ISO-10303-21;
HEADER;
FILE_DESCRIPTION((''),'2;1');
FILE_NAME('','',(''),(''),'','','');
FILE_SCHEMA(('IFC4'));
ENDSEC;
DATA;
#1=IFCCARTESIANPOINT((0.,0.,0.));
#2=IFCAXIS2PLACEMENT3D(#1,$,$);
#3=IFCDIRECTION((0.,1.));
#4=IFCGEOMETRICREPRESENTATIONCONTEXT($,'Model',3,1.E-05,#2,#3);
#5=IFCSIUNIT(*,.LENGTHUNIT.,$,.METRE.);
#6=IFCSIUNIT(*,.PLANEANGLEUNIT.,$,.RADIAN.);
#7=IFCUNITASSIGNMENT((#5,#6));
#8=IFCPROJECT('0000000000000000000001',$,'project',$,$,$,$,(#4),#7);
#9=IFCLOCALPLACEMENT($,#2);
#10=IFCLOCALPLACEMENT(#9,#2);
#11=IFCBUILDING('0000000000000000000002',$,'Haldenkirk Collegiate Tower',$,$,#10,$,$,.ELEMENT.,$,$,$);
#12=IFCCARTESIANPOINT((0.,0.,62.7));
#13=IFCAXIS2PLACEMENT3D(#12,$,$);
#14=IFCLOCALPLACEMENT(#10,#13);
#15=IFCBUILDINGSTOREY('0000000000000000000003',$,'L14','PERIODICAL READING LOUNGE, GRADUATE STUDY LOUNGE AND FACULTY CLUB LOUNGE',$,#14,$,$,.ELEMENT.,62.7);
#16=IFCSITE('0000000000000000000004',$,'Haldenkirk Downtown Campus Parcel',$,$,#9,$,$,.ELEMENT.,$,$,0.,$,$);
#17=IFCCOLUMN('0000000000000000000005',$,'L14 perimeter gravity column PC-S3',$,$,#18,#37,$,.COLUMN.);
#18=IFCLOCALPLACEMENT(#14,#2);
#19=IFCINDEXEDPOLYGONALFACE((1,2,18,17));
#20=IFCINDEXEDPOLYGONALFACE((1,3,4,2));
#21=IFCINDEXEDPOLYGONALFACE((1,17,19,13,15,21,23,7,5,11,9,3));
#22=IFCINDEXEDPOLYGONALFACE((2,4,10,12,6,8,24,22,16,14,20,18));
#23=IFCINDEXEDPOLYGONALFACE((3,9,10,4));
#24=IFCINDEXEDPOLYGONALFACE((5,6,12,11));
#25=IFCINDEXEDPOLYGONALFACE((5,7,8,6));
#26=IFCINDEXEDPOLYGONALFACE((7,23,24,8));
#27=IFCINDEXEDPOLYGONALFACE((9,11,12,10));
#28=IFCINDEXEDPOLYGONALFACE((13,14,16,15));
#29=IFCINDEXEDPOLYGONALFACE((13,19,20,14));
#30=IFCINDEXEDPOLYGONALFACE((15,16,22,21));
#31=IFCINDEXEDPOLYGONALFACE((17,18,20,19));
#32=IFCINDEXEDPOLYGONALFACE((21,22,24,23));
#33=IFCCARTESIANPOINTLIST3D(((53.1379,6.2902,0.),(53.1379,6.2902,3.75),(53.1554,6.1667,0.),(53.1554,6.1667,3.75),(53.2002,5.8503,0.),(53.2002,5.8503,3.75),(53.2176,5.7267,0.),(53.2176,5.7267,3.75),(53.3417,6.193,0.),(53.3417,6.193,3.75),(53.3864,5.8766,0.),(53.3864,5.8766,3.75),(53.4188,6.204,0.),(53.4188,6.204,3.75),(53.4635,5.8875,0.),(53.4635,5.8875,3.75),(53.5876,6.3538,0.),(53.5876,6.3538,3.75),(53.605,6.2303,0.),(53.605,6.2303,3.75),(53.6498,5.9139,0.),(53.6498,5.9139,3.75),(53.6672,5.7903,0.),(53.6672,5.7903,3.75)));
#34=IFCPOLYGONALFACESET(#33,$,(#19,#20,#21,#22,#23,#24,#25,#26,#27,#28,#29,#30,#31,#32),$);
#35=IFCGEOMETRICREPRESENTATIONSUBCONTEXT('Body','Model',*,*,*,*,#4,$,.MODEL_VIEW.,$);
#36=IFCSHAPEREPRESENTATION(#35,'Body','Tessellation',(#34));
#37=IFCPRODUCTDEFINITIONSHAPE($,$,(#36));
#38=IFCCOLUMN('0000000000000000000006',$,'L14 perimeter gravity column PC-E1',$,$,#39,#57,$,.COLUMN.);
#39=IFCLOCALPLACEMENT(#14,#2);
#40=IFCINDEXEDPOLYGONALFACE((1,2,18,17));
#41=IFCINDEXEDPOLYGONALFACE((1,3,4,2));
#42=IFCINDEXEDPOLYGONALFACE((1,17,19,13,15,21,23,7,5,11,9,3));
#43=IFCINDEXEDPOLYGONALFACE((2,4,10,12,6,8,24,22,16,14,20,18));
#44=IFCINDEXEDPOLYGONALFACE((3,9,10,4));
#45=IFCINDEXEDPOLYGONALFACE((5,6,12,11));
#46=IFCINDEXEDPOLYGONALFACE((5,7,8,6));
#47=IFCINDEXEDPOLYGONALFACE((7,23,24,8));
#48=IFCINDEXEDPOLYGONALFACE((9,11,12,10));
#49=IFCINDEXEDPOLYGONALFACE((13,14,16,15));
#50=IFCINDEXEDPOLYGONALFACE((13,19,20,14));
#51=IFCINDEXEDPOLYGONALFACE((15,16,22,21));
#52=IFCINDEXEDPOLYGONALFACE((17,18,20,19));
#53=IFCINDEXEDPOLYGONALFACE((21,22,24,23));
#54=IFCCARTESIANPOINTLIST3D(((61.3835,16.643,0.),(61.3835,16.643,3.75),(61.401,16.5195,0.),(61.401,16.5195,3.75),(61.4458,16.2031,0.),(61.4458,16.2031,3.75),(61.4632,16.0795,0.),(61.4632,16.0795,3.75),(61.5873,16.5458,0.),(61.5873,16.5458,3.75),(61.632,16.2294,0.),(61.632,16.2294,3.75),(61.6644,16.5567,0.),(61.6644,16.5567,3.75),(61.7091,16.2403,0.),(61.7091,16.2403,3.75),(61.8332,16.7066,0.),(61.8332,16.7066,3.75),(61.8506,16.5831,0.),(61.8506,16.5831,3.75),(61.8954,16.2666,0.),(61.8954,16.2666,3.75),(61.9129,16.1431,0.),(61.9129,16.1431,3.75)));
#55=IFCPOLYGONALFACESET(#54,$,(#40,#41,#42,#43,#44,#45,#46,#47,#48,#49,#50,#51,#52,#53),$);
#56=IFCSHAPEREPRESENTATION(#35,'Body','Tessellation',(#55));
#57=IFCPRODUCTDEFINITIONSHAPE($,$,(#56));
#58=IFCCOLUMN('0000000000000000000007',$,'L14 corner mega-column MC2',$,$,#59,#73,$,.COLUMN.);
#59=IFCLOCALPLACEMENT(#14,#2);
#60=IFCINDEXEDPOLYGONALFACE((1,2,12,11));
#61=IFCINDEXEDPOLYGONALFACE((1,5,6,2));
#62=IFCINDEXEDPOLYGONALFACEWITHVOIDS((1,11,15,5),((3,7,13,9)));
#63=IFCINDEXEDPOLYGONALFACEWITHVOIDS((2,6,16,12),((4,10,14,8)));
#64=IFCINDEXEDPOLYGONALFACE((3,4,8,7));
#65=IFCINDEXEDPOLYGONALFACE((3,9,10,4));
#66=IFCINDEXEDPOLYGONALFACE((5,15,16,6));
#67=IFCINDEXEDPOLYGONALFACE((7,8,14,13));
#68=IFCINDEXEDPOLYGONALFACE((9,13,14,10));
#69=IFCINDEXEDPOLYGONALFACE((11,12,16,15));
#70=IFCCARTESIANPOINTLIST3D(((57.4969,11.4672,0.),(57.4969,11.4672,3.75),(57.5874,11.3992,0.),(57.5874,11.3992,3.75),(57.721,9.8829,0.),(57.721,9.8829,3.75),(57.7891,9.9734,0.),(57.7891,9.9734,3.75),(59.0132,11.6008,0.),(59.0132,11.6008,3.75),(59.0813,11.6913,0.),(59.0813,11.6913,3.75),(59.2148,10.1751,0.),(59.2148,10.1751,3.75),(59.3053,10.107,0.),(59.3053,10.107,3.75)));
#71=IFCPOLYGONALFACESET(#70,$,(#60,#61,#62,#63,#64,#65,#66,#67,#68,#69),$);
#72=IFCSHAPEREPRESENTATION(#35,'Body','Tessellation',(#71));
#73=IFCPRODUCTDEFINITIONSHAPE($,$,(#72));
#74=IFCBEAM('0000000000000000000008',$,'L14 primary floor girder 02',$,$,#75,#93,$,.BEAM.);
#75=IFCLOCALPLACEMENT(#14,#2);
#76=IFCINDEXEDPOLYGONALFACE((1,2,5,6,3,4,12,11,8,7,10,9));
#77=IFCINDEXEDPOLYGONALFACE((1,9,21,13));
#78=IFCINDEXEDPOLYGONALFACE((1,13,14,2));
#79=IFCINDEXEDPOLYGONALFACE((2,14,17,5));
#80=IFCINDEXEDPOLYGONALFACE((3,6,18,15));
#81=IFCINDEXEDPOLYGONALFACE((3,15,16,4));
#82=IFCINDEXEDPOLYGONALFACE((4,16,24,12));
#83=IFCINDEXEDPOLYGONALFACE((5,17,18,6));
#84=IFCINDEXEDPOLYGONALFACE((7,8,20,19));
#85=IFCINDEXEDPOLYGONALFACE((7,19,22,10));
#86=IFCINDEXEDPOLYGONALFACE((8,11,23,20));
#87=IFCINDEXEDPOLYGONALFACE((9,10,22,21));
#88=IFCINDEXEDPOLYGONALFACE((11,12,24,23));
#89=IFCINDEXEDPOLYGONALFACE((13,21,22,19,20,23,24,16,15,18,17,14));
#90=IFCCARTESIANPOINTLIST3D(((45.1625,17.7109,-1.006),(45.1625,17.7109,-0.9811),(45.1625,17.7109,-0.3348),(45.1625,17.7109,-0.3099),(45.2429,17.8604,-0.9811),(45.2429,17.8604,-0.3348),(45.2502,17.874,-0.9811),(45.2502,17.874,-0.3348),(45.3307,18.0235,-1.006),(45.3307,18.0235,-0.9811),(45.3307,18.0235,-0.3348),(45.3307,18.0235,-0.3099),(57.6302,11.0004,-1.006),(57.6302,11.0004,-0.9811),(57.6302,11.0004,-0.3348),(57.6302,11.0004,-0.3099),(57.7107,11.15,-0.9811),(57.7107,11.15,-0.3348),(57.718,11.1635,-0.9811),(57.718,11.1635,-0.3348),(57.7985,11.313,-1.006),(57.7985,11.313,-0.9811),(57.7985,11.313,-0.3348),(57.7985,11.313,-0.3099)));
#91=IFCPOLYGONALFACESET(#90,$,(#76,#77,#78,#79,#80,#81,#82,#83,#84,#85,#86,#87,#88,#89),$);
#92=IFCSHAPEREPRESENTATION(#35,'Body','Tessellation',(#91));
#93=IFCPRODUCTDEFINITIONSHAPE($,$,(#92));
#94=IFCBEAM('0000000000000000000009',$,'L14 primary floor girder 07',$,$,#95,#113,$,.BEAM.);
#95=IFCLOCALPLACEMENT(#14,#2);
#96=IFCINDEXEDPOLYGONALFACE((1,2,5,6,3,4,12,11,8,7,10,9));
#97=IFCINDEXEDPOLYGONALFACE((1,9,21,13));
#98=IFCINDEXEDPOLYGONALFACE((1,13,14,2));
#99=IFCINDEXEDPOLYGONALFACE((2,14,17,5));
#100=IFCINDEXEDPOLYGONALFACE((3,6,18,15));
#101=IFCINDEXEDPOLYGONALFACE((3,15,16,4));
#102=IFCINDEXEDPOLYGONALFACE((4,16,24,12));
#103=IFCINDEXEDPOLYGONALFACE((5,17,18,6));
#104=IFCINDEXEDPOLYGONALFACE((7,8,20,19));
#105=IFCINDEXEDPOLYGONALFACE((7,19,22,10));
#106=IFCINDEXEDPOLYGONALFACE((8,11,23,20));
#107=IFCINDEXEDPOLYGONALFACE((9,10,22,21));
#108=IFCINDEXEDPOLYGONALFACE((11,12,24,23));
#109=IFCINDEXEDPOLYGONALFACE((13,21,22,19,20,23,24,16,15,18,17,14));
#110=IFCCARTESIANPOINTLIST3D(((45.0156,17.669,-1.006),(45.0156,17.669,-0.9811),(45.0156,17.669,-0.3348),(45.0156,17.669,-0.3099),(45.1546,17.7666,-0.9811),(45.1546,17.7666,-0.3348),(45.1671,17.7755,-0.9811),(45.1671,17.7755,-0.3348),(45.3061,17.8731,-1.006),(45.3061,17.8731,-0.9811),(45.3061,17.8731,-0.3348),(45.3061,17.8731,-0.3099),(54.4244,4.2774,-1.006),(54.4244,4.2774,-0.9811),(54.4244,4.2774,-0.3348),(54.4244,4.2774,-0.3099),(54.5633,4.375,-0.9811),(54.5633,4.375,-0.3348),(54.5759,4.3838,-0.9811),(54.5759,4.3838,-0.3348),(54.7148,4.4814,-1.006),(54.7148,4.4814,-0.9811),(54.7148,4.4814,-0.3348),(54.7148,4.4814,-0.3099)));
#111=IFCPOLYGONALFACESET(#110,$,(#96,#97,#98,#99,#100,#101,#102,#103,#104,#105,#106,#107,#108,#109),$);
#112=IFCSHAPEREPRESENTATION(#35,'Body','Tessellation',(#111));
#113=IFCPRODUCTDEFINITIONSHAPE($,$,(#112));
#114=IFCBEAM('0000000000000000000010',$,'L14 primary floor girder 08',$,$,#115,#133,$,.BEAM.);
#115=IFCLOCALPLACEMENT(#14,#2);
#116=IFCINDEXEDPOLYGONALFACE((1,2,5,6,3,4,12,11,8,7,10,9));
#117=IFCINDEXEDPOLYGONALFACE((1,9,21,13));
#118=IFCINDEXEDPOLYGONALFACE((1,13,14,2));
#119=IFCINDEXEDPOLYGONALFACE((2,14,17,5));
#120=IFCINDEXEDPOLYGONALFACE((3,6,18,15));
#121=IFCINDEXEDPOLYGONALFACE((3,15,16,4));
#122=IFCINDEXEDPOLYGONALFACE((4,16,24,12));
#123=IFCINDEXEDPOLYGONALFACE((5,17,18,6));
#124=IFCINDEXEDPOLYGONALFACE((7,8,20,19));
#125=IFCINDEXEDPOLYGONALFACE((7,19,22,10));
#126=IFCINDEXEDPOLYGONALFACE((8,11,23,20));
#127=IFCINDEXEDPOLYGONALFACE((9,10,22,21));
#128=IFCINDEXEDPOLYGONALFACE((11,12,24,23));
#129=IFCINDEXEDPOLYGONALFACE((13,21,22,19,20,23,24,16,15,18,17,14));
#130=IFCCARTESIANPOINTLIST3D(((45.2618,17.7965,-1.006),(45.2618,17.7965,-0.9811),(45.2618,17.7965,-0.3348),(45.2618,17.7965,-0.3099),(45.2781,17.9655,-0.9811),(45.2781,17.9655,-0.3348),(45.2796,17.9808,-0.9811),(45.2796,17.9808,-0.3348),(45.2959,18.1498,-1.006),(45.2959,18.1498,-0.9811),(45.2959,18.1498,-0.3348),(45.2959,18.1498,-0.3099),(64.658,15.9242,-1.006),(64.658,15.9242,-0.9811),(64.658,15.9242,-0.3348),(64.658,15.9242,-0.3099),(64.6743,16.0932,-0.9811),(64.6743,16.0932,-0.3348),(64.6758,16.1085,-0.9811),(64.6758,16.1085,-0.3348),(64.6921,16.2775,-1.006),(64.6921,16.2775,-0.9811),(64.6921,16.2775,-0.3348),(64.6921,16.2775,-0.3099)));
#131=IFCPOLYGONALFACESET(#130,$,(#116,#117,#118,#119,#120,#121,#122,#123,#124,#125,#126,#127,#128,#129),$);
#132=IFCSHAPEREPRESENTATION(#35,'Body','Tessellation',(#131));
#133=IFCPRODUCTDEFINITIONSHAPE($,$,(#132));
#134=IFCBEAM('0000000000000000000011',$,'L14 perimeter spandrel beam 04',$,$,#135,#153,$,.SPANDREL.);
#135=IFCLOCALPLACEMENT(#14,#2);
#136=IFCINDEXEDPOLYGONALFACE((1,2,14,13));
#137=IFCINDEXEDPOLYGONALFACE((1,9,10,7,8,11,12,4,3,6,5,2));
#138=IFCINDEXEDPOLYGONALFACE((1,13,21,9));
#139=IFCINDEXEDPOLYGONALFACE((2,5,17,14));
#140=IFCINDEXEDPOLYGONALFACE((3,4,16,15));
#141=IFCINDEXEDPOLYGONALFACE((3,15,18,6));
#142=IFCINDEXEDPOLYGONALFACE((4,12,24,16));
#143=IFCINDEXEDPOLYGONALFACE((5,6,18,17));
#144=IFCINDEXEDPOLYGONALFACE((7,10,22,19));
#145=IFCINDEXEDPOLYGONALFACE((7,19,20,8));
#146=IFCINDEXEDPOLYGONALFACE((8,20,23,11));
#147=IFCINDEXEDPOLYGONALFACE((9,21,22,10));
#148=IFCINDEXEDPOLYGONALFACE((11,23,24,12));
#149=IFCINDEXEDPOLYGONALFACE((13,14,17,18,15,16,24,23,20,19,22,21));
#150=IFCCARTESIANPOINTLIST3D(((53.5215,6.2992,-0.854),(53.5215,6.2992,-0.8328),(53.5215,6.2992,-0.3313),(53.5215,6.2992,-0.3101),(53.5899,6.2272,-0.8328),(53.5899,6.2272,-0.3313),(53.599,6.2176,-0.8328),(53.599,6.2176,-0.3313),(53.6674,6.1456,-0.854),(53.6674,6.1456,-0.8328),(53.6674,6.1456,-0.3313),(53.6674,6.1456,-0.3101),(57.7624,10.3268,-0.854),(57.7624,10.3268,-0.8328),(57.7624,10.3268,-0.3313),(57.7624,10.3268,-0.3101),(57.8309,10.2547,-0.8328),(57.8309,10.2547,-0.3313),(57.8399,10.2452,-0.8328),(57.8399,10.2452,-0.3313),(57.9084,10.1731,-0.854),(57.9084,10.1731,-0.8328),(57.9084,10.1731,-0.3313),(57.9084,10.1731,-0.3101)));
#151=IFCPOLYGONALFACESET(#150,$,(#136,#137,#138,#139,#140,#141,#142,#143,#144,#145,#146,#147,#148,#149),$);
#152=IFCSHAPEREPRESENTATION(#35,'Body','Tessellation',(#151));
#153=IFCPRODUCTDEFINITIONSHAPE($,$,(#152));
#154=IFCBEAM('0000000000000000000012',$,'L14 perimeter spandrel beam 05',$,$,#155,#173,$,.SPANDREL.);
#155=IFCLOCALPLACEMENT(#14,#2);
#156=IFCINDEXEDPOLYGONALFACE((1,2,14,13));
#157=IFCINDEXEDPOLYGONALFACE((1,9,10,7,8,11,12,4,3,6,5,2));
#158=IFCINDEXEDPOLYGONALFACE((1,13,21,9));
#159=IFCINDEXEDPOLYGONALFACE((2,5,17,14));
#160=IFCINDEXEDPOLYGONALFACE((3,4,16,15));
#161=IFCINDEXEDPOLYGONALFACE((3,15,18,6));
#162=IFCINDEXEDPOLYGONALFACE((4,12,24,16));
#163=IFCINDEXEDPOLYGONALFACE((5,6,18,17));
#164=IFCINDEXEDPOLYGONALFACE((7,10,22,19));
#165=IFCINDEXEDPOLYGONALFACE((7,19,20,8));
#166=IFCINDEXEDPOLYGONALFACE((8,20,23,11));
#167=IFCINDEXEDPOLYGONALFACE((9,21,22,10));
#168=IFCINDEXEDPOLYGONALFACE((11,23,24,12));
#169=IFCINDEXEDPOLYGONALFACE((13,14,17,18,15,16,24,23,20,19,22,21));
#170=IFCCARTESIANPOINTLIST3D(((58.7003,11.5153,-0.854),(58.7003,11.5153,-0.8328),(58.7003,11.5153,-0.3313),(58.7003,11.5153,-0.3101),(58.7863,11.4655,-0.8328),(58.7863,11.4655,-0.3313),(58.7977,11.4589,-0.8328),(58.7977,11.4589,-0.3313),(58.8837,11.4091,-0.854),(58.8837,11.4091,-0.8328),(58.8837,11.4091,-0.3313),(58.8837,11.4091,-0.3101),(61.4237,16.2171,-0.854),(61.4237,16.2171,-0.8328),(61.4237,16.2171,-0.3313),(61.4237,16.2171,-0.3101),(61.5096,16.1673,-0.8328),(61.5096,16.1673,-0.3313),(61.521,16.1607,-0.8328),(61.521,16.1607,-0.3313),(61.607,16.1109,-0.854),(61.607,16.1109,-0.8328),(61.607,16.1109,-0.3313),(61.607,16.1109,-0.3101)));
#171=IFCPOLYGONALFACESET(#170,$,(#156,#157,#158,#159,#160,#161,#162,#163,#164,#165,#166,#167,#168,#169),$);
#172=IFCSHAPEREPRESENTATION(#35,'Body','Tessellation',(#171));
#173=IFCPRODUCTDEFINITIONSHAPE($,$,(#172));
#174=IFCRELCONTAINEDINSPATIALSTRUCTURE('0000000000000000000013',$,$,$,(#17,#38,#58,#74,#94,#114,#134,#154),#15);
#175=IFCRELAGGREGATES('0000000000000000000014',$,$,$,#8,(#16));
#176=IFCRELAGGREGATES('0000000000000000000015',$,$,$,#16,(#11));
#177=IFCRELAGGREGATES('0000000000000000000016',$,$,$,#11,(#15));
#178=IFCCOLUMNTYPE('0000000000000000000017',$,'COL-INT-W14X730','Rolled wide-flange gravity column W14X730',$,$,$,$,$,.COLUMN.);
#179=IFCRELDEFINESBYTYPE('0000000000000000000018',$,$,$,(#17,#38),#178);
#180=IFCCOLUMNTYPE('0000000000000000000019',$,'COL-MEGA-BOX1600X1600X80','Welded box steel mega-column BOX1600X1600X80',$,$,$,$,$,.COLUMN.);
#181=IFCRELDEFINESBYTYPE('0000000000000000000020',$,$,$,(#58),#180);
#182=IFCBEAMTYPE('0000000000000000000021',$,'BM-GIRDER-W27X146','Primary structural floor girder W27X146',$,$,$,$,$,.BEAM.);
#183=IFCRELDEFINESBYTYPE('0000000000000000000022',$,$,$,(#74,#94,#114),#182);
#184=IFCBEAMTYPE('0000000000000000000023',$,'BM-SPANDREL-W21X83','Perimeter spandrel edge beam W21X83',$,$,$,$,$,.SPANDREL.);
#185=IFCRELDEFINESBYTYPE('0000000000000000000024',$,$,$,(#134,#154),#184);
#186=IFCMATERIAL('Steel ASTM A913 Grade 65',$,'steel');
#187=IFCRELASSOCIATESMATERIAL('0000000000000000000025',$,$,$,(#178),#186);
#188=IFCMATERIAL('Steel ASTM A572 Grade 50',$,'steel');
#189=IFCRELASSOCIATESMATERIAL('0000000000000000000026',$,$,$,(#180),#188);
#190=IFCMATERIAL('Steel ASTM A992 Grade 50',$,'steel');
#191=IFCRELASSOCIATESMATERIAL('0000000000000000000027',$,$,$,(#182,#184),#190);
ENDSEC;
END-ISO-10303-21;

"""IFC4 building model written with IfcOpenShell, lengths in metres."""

from ifc_helpers import new_model, si_unit, direction, frame, origin, origin_2d, place, context, subcontext, project, spatial, hollow_rectangle, i_section, extrude, material, material_profile, profile_set, type_object, element, save


model = new_model("IFC4")

# Units and contexts
model_context = context("Model", 3, precision=1e-05, world=origin(), true_north=direction((0.0, 1.0)))
body_context = subcontext(model_context, "Body", "Model", "MODEL_VIEW")
ifc_project = project(units=[si_unit("LENGTHUNIT", "METRE"), si_unit("PLANEANGLEUNIT", "RADIAN")], contexts=[model_context])

# Site, building, storey
site_placement = place(None, origin())
site = spatial("IfcSite", under=ifc_project, at=site_placement, Name="Haldenkirk Downtown Campus Parcel", CompositionType="ELEMENT", RefElevation=0.0)
building_placement = place(site_placement, origin())
building = spatial("IfcBuilding", under=site, at=building_placement, Name="Haldenkirk Collegiate Tower", CompositionType="ELEMENT")
storey_placement = place(building_placement, frame((0.0, 0.0, 62.7)))
storey = spatial("IfcBuildingStorey", under=building, at=storey_placement, Name="L14", Description="PERIODICAL READING LOUNGE, GRADUATE STUDY LOUNGE AND FACULTY CLUB LOUNGE", CompositionType="ELEMENT", Elevation=62.7)

# Columns
ifc_material_1 = material(Name="Steel ASTM A913 Grade 65", Category="steel")
ifc_material_profile_1 = material_profile(ifc_material_1, i_section(OverallWidth=0.4541, OverallDepth=0.5691, WebThickness=0.0779, FlangeThickness=0.1248, at=origin_2d()), Name="W14X730")
ifc_profile_set_1 = profile_set([ifc_material_profile_1], Name="Steel ASTM A913 Grade 65")
column_type_1 = type_object("IfcColumnType", Name="COL-INT-W14X730", Description="Rolled wide-flange gravity column W14X730", PredefinedType="COLUMN", material=ifc_profile_set_1)
for number, where, z_axis, x_axis, name in (
    (1, (53.4026, 6.0403, 0.0), (0.0, 0.0, 1.0), (0.990146, 0.140037, 0.0), "L14 perimeter gravity column PC-S3"),
    (2, (61.6482, 16.3931, 0.0), (0.0, 0.0, 1.0), (0.990146, 0.140037, 0.0), "L14 perimeter gravity column PC-E1"),
):
    element("IfcColumn", number, at=place(storey_placement, frame(where, z_axis=z_axis, x_axis=x_axis)), inside=storey, type_object=column_type_1, Name=name, PredefinedType="COLUMN", context=body_context, shape_type="SweptSolid", body=[
        extrude(i_section(OverallWidth=0.4541, OverallDepth=0.5691, WebThickness=0.0779, FlangeThickness=0.1248, at=origin_2d()), origin(), (0.0, 0.0, 1.0), 3.75),
    ])
ifc_material_2 = material(Name="Steel ASTM A572 Grade 50", Category="steel")
ifc_material_profile_2 = material_profile(ifc_material_2, hollow_rectangle(XDim=1.6001, YDim=1.6001, WallThickness=0.0801, at=origin_2d()), Name="BOX1600X1600X80")
ifc_profile_set_2 = profile_set([ifc_material_profile_2], Name="Steel ASTM A572 Grade 50")
column_type_2 = type_object("IfcColumnType", Name="COL-MEGA-BOX1600X1600X80", Description="Welded box steel mega-column BOX1600X1600X80", PredefinedType="COLUMN", material=ifc_profile_set_2)
column_placement = place(storey_placement, frame((58.4011, 10.7871, 0.0), z_axis=(0.0, 0.0, 1.0), x_axis=(0.990146, 0.140037, 0.0)))
element("IfcColumn", 3, at=column_placement, inside=storey, type_object=column_type_2, Name="L14 corner mega-column MC2", PredefinedType="COLUMN", context=body_context, shape_type="SweptSolid", body=[
    extrude(hollow_rectangle(XDim=1.6001, YDim=1.6001, WallThickness=0.0801, at=origin_2d()), origin(), (0.0, 0.0, 1.0), 3.75),
])

# Beams
ifc_material_3 = material(Name="Steel ASTM A992 Grade 50", Category="steel")
ifc_material_profile_3 = material_profile(ifc_material_3, i_section(OverallWidth=0.355, OverallDepth=0.696, WebThickness=0.0154, FlangeThickness=0.0249, at=origin_2d()), Name="W27X146")
ifc_profile_set_3 = profile_set([ifc_material_profile_3], Name="Steel ASTM A992 Grade 50")
beam_type_1 = type_object("IfcBeamType", Name="BM-GIRDER-W27X146", Description="Primary structural floor girder W27X146", PredefinedType="BEAM", material=ifc_profile_set_3)
beam_1_placement = place(storey_placement, frame((57.7144, 11.1567, -0.658), z_axis=(-0.880559, 0.473937, 0.0), x_axis=(-0.473937, -0.880559, 0.0)))
element("IfcBeam", 4, at=beam_1_placement, inside=storey, type_object=beam_type_1, Name="L14 primary floor girder 02", PredefinedType="BEAM", context=body_context, shape_type="SweptSolid", body=[
    extrude(i_section(OverallWidth=0.355, OverallDepth=0.696, WebThickness=0.0154, FlangeThickness=0.0249, at=origin_2d()), origin(), (0.0, 0.0, 1.0), 14.1589),
])
beam_2_placement = place(storey_placement, frame((54.5696, 4.3794, -0.658), z_axis=(-0.574879, 0.818238, 0.0), x_axis=(-0.818238, -0.574879, 0.0)))
element("IfcBeam", 5, at=beam_2_placement, inside=storey, type_object=beam_type_1, Name="L14 primary floor girder 07", PredefinedType="BEAM", context=body_context, shape_type="SweptSolid", body=[
    extrude(i_section(OverallWidth=0.355, OverallDepth=0.696, WebThickness=0.0154, FlangeThickness=0.0249, at=origin_2d()), origin(), (0.0, 0.0, 1.0), 16.3665),
])
beam_3_placement = place(storey_placement, frame((64.675, 16.1008, -0.658), z_axis=(-0.995373, 0.096083, 0.0), x_axis=(-0.096083, -0.995373, 0.0)))
element("IfcBeam", 6, at=beam_3_placement, inside=storey, type_object=beam_type_1, Name="L14 primary floor girder 08", PredefinedType="BEAM", context=body_context, shape_type="SweptSolid", body=[
    extrude(i_section(OverallWidth=0.355, OverallDepth=0.696, WebThickness=0.0154, FlangeThickness=0.0249, at=origin_2d()), origin(), (0.0, 0.0, 1.0), 19.4863),
])
ifc_material_profile_4 = material_profile(ifc_material_3, i_section(OverallWidth=0.2119, OverallDepth=0.5439, WebThickness=0.0132, FlangeThickness=0.0212, at=origin_2d()), Name="W21X83")
ifc_profile_set_4 = profile_set([ifc_material_profile_4], Name="Steel ASTM A992 Grade 50")
beam_type_2 = type_object("IfcBeamType", Name="BM-SPANDREL-W21X83", Description="Perimeter spandrel edge beam W21X83", PredefinedType="SPANDREL", material=ifc_profile_set_4)
beam_4_placement = place(storey_placement, frame((53.5945, 6.2224, -0.582), z_axis=(0.725113, 0.68863, 0.0), x_axis=(-0.68863, 0.725113, 0.0)))
element("IfcBeam", 7, at=beam_4_placement, inside=storey, type_object=beam_type_2, Name="L14 perimeter spandrel beam 04", PredefinedType="SPANDREL", context=body_context, shape_type="SweptSolid", body=[
    extrude(i_section(OverallWidth=0.2119, OverallDepth=0.5439, WebThickness=0.0132, FlangeThickness=0.0212, at=origin_2d()), origin(), (0.0, 0.0, 1.0), 5.8486),
])
beam_5_placement = place(storey_placement, frame((58.792, 11.4622, -0.582), z_axis=(0.501206, 0.865328, 0.0), x_axis=(-0.865328, 0.501206, 0.0)))
element("IfcBeam", 8, at=beam_5_placement, inside=storey, type_object=beam_type_2, Name="L14 perimeter spandrel beam 05", PredefinedType="SPANDREL", context=body_context, shape_type="SweptSolid", body=[
    extrude(i_section(OverallWidth=0.2119, OverallDepth=0.5439, WebThickness=0.0132, FlangeThickness=0.0212, at=origin_2d()), origin(), (0.0, 0.0, 1.0), 5.4336),
])

save(model, "model.ifc")
